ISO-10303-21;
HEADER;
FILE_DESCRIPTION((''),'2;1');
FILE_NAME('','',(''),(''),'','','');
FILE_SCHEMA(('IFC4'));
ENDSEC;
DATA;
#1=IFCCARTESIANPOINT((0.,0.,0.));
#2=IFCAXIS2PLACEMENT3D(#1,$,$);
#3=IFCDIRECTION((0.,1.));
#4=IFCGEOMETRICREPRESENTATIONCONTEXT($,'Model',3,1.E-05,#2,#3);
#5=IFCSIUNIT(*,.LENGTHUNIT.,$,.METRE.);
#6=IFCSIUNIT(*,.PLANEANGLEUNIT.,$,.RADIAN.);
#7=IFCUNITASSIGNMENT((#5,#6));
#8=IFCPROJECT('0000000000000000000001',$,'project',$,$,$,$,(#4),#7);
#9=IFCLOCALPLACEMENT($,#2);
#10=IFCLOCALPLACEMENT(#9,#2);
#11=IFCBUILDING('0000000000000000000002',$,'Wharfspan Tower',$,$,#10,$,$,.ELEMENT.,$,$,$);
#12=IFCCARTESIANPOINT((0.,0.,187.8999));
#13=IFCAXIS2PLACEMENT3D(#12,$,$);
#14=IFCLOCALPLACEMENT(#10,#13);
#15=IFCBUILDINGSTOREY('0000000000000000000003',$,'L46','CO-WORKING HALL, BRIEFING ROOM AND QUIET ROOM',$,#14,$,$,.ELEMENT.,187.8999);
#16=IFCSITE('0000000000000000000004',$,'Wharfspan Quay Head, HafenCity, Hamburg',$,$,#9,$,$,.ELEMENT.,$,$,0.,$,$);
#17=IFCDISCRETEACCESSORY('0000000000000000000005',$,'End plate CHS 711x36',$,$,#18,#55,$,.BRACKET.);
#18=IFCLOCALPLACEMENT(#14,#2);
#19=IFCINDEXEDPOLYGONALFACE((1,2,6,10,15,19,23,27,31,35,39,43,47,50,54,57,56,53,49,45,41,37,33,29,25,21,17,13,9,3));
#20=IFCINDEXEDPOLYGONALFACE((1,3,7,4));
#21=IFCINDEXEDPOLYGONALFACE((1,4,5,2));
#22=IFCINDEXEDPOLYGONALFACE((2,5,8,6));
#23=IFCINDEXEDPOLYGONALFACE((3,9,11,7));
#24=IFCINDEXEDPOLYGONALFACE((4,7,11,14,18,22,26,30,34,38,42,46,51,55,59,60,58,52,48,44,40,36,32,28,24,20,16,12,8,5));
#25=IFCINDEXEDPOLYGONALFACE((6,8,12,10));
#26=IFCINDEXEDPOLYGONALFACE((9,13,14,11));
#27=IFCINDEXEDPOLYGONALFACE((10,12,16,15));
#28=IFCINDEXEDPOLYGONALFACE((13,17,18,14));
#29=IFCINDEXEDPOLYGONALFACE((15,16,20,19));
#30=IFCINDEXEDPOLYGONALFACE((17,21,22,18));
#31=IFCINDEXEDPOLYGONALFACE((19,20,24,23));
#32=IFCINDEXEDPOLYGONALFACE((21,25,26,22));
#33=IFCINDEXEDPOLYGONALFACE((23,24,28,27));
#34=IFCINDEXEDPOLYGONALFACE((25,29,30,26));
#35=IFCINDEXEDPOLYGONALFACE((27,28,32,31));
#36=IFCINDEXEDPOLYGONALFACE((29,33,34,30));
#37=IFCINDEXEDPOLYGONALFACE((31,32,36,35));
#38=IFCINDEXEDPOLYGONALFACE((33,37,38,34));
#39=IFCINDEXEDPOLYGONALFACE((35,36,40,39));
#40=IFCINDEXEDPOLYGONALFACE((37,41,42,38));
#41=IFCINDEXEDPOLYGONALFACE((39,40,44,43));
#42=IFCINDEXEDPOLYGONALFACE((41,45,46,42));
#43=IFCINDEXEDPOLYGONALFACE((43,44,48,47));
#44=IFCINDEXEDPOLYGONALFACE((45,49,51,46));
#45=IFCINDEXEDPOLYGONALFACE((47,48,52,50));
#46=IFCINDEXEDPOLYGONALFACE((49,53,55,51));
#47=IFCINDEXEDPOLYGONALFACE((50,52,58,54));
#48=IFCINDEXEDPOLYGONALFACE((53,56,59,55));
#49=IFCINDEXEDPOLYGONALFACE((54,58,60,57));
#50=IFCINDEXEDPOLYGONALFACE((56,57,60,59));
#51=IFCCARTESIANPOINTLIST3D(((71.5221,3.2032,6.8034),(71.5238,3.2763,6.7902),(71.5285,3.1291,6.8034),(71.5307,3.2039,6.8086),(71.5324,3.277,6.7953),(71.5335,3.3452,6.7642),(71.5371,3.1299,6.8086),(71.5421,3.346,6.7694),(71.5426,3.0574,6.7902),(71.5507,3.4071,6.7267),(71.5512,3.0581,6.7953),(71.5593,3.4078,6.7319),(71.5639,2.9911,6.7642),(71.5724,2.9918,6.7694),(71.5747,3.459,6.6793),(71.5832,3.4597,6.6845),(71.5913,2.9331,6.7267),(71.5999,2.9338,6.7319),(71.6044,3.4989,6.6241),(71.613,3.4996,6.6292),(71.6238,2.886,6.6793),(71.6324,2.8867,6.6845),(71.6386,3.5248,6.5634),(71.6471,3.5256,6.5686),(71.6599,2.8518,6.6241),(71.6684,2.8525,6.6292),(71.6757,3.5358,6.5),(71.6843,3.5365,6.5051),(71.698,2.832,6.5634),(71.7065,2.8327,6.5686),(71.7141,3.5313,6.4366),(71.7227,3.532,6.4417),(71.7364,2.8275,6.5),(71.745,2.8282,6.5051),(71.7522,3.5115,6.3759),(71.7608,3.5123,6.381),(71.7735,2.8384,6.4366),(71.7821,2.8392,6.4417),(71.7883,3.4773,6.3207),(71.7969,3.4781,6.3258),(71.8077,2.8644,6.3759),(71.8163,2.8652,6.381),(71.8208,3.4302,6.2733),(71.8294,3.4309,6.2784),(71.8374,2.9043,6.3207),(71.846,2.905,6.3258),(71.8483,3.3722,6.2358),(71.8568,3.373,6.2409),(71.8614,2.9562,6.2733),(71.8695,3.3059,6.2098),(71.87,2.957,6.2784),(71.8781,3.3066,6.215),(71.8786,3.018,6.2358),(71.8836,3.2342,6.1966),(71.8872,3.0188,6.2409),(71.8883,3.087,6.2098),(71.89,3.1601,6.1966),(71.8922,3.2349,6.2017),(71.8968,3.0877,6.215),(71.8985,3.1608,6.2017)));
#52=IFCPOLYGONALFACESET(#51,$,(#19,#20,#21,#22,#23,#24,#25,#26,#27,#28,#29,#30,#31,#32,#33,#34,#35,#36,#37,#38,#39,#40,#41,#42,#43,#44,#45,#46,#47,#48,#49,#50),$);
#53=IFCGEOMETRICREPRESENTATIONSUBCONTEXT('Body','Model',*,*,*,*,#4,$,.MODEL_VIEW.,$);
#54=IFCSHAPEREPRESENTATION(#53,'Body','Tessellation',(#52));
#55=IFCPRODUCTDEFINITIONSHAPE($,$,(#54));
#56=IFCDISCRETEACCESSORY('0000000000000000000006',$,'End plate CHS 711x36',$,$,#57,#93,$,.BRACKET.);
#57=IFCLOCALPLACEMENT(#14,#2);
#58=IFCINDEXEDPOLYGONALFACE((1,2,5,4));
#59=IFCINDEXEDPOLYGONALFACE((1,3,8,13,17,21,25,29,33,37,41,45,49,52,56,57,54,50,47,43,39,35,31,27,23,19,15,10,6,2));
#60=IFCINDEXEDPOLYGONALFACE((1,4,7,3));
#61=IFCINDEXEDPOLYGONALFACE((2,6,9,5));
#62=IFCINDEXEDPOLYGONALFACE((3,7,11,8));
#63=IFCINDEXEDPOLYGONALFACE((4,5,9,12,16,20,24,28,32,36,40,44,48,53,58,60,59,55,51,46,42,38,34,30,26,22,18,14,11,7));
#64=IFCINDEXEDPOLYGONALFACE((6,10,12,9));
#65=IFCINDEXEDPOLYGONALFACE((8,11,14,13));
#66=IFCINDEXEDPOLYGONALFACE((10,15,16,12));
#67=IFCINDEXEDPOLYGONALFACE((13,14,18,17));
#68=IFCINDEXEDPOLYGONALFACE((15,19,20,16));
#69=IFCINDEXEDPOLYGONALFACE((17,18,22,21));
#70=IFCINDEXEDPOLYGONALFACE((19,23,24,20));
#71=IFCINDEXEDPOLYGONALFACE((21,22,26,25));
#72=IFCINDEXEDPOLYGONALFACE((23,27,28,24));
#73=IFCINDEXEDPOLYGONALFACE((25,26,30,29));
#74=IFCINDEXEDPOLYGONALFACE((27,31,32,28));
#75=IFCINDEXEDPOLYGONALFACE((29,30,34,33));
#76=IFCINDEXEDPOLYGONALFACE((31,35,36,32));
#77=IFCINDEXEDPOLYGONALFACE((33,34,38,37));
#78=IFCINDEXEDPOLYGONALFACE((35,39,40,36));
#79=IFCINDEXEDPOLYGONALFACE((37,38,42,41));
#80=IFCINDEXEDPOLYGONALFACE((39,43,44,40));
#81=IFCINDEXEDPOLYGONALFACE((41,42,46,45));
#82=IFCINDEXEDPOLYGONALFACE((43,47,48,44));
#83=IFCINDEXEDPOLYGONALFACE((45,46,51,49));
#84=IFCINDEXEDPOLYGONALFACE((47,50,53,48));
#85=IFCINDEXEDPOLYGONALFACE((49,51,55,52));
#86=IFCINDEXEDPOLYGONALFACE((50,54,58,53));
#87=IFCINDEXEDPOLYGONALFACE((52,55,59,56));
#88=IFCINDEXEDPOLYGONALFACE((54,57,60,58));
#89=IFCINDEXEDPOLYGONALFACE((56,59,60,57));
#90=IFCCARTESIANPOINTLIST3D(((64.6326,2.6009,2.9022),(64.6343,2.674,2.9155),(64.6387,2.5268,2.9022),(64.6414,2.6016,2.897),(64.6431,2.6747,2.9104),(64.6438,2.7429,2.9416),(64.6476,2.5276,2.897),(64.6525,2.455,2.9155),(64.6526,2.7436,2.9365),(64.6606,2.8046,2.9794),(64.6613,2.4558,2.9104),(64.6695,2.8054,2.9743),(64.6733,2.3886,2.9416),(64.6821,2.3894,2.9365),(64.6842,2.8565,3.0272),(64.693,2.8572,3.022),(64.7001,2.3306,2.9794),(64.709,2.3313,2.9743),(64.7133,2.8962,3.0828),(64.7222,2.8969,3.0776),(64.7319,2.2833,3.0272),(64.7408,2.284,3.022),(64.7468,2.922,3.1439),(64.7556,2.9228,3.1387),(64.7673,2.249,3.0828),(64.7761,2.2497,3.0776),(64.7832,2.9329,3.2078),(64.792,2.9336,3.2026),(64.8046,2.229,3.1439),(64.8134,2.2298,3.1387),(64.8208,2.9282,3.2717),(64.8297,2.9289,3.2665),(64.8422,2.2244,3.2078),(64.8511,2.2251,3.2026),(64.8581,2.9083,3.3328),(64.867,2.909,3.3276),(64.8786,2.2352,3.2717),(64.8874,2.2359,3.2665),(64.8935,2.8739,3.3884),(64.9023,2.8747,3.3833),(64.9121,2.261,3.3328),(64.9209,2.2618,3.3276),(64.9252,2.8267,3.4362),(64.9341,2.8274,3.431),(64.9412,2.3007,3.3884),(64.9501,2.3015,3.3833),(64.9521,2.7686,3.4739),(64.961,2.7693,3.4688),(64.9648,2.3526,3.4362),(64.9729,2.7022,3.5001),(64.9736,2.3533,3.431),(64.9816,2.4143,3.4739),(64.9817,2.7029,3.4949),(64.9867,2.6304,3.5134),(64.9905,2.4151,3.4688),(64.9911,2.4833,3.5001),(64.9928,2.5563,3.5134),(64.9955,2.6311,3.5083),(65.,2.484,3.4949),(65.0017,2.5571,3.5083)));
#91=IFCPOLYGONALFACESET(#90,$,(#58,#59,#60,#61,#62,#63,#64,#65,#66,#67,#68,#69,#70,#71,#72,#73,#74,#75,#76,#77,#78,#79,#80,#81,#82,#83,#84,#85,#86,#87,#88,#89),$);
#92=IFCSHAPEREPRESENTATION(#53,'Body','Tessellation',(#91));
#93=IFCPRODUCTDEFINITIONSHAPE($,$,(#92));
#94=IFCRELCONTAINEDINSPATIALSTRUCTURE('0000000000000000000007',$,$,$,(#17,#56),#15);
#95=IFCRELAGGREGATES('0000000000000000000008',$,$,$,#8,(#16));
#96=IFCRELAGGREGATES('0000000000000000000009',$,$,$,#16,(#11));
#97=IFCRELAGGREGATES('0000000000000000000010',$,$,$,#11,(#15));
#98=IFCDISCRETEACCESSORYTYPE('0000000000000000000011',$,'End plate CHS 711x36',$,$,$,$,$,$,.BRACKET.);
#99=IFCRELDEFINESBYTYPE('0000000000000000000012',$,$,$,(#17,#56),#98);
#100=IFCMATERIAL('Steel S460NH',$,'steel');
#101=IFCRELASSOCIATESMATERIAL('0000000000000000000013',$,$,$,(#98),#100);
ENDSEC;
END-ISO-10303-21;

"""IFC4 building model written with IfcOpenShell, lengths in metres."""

from ifc_helpers import new_model, si_unit, direction, frame, origin, origin_2d, place, context, subcontext, project, spatial, circle, extrude, material, material_profile, profile_set, type_object, element, save


model = new_model("IFC4")

# Units and contexts
model_context = context("Model", 3, precision=1e-05, world=origin(), true_north=direction((0.0, 1.0)))
body_context = subcontext(model_context, "Body", "Model", "MODEL_VIEW")
ifc_project = project(units=[si_unit("LENGTHUNIT", "METRE"), si_unit("PLANEANGLEUNIT", "RADIAN")], contexts=[model_context])

# Site, building, storey
site_placement = place(None, origin())
site = spatial("IfcSite", under=ifc_project, at=site_placement, Name="Wharfspan Quay Head, HafenCity, Hamburg", CompositionType="ELEMENT", RefElevation=0.0)
building_placement = place(site_placement, origin())
building = spatial("IfcBuilding", under=site, at=building_placement, Name="Wharfspan Tower", CompositionType="ELEMENT")
storey_placement = place(building_placement, frame((0.0, 0.0, 187.8999)))
storey = spatial("IfcBuildingStorey", under=building, at=storey_placement, Name="L46", Description="CO-WORKING HALL, BRIEFING ROOM AND QUIET ROOM", CompositionType="ELEMENT", Elevation=187.8999)

# Shared definitions
ifc_material_1 = material(Name="Steel S460NH", Category="steel")

# Discrete accessories
ifc_material_profile_1 = material_profile(ifc_material_1, circle(Radius=0.3555, at=origin_2d()))
ifc_profile_set_1 = profile_set([ifc_material_profile_1], Name="Steel S460NH")
discrete_accessory_type = type_object("IfcDiscreteAccessoryType", Name="End plate CHS 711x36", PredefinedType="BRACKET", material=ifc_profile_set_1)
discrete_accessory_1_placement = place(storey_placement, frame((71.7061, 3.1816, 6.5), z_axis=(0.855186, 0.073302, 0.513112), x_axis=(-0.085402, 0.996345, 0.000001)))
element("IfcDiscreteAccessory", 1, at=discrete_accessory_1_placement, inside=storey, type_object=discrete_accessory_type, Name="End plate CHS 711x36", PredefinedType="BRACKET", context=body_context, shape_type="SweptSolid", body=[
    extrude(circle(Radius=0.3555, at=origin_2d()), origin(), (0.0, 0.0, 1.0), 0.01),
])
discrete_accessory_2_placement = place(storey_placement, frame((64.8215, 2.5793, 3.2026), z_axis=(-0.86155, -0.071796, 0.502571), x_axis=(0.083046, -0.99655, 0.0)))
element("IfcDiscreteAccessory", 2, at=discrete_accessory_2_placement, inside=storey, type_object=discrete_accessory_type, Name="End plate CHS 711x36", PredefinedType="BRACKET", context=body_context, shape_type="SweptSolid", body=[
    extrude(circle(Radius=0.3555, at=origin_2d()), origin(), (0.0, 0.0, 1.0), 0.0103),
])

save(model, "model.ifc")
